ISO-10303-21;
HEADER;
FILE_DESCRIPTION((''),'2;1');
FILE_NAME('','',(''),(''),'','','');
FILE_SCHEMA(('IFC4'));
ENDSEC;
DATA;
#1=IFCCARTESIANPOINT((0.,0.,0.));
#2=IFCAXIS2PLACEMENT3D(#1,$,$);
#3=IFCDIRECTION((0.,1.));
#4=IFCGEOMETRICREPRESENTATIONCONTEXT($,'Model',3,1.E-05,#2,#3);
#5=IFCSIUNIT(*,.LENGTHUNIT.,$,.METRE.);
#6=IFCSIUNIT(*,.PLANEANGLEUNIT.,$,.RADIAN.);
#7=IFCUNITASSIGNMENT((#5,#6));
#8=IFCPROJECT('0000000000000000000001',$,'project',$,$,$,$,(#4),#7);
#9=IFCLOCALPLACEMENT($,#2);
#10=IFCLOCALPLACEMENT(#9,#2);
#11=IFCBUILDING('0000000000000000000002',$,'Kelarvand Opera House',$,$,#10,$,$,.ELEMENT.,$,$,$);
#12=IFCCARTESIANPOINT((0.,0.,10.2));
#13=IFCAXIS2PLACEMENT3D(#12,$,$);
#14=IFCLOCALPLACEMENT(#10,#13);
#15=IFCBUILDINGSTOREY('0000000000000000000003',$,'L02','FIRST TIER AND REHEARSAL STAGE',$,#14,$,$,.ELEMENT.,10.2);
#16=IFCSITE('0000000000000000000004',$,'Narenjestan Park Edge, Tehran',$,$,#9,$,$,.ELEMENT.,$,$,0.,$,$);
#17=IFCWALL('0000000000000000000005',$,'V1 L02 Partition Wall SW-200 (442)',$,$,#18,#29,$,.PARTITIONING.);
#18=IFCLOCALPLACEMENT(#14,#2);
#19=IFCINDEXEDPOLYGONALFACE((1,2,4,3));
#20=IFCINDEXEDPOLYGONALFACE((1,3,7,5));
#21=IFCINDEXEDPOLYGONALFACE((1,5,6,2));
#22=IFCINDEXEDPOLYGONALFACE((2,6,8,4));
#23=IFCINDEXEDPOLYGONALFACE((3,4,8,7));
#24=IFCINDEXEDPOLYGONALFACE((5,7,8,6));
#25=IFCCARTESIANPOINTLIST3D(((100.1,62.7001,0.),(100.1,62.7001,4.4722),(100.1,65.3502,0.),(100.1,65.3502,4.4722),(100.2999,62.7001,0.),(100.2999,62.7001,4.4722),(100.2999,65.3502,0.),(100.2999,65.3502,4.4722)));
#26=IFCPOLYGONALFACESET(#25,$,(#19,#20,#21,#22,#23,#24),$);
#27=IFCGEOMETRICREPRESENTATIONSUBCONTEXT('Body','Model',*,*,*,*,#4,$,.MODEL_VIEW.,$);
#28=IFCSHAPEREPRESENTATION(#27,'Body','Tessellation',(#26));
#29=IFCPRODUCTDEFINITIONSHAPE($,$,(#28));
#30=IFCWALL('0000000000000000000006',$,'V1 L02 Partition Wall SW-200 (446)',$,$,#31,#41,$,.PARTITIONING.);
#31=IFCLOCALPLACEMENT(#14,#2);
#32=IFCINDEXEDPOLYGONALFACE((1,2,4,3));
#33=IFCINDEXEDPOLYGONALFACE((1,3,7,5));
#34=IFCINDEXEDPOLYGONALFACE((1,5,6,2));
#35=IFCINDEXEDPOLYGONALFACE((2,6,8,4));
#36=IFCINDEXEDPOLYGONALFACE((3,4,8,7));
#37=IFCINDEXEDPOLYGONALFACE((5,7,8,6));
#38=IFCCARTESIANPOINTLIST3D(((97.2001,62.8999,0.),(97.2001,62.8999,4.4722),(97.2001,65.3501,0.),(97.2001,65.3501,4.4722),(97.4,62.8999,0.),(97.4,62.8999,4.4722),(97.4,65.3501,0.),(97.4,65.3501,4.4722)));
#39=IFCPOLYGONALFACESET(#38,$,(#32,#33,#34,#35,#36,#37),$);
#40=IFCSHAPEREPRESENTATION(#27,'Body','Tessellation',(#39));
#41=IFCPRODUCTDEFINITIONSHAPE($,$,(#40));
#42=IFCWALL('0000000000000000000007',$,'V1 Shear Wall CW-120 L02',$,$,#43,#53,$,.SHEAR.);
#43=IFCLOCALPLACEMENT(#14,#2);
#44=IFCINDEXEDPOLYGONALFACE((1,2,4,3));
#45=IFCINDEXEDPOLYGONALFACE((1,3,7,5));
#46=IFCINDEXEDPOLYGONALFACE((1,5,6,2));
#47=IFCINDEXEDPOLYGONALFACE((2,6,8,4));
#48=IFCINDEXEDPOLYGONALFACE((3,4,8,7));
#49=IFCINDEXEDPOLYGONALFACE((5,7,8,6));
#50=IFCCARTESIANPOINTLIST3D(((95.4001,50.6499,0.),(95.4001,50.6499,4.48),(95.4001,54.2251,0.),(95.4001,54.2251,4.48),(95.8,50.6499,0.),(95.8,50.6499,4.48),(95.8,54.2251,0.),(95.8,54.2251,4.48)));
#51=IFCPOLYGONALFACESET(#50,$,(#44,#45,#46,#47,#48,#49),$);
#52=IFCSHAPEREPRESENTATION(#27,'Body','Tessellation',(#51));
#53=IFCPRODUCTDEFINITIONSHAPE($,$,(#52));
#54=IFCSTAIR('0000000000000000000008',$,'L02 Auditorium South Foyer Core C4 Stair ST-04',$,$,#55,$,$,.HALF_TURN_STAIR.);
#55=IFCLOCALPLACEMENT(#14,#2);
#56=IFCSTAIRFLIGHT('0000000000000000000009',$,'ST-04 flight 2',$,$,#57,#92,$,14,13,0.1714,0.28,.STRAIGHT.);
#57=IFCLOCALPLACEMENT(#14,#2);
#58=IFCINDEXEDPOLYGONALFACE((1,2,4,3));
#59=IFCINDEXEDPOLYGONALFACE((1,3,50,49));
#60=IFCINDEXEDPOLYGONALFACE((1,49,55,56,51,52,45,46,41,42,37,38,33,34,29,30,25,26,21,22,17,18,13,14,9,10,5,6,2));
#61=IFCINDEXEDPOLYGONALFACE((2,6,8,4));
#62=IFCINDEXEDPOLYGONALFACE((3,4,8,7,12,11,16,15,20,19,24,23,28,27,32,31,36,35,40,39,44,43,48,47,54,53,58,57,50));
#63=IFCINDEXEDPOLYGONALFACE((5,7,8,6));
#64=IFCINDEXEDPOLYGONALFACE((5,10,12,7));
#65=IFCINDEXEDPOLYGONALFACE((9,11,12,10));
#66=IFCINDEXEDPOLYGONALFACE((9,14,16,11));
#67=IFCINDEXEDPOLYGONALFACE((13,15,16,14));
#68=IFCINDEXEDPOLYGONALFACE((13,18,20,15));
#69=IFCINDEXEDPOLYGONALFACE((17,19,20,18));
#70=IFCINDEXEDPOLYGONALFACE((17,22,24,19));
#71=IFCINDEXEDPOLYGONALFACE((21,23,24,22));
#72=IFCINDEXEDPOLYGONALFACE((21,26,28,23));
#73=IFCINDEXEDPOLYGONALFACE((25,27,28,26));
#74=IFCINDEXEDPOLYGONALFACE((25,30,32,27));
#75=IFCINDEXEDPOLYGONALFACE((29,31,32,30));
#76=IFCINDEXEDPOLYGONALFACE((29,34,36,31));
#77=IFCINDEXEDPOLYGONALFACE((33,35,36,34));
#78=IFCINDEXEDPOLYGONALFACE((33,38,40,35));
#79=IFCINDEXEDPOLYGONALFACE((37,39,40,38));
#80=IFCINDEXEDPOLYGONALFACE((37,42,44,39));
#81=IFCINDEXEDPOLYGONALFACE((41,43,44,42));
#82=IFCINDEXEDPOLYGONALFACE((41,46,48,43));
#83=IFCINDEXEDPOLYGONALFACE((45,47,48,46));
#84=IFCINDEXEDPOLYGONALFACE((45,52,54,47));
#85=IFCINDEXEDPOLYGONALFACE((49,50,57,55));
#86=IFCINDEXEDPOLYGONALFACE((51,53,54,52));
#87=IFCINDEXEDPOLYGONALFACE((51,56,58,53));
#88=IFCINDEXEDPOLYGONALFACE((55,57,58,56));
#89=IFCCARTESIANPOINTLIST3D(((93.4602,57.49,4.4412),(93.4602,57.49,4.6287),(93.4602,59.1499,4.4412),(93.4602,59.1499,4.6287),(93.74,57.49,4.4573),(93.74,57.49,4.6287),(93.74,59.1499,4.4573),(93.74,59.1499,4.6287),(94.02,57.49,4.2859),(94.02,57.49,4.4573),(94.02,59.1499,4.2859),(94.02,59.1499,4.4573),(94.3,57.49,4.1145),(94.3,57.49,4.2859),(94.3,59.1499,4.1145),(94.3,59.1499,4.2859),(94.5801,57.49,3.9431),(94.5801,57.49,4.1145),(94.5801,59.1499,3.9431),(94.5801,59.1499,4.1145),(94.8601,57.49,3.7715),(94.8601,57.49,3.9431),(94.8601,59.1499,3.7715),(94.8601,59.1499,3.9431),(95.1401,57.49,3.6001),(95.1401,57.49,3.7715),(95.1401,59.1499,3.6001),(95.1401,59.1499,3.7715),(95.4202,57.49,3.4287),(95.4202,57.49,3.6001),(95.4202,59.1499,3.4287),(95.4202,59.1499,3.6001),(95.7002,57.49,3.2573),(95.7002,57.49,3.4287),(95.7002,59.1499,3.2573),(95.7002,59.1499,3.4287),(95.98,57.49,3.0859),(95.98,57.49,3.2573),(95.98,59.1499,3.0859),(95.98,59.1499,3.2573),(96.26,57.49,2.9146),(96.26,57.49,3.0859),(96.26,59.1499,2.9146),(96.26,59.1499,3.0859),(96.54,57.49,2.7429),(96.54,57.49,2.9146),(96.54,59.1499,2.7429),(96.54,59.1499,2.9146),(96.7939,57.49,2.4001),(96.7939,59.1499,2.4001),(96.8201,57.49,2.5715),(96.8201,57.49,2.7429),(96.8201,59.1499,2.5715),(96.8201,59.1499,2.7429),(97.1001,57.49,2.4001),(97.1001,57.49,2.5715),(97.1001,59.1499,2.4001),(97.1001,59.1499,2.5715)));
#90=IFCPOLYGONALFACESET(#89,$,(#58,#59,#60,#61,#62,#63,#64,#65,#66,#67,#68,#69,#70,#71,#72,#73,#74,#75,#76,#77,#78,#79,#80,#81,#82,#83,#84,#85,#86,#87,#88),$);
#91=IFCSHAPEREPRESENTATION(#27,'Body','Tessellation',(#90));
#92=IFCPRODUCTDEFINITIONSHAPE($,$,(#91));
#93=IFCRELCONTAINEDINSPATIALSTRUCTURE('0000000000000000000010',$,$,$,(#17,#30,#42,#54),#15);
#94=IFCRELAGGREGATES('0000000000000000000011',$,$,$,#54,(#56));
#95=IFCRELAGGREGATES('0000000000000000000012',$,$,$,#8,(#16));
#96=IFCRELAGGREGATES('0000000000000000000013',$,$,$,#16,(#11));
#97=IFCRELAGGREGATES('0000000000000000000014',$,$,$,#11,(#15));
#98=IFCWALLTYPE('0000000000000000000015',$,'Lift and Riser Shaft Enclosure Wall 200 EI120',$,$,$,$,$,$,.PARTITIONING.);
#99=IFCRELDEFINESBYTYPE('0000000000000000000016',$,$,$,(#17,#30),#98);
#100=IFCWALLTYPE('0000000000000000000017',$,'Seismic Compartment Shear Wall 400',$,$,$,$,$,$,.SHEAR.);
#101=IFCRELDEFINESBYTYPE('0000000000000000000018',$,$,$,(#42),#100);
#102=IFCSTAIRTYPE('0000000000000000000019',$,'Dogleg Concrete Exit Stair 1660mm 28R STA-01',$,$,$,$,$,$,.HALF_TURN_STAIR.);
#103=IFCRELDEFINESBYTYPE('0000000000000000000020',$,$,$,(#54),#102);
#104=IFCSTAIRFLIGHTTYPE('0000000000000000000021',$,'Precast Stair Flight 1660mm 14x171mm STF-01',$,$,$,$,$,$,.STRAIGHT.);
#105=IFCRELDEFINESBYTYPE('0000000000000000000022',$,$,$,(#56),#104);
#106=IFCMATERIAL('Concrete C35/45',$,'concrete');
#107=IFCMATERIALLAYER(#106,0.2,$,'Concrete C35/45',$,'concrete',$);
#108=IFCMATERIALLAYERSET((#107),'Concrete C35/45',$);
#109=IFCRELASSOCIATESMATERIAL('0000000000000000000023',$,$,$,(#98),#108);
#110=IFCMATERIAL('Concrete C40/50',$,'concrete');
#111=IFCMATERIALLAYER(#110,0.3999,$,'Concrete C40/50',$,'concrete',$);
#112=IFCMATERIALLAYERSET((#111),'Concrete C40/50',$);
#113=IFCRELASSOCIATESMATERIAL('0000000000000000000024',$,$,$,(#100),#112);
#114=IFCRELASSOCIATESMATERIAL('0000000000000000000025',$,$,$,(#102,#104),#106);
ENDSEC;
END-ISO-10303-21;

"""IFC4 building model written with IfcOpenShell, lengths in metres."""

from ifc_helpers import new_model, si_unit, direction, frame, frame_2d, origin, place, context, subcontext, project, spatial, polyline, rectangle, outline, extrude, material, layer, layer_set, type_object, element, aggregate, save


model = new_model("IFC4")

# Units and contexts
model_context = context("Model", 3, precision=1e-05, world=origin(), true_north=direction((0.0, 1.0)))
body_context = subcontext(model_context, "Body", "Model", "MODEL_VIEW")
ifc_project = project(units=[si_unit("LENGTHUNIT", "METRE"), si_unit("PLANEANGLEUNIT", "RADIAN")], contexts=[model_context])

# Site, building, storey
site_placement = place(None, origin())
site = spatial("IfcSite", under=ifc_project, at=site_placement, Name="Narenjestan Park Edge, Tehran", CompositionType="ELEMENT", RefElevation=0.0)
building_placement = place(site_placement, origin())
building = spatial("IfcBuilding", under=site, at=building_placement, Name="Kelarvand Opera House", CompositionType="ELEMENT")
storey_placement = place(building_placement, frame((0.0, 0.0, 10.2)))
storey = spatial("IfcBuildingStorey", under=building, at=storey_placement, Name="L02", Description="FIRST TIER AND REHEARSAL STAGE", CompositionType="ELEMENT", Elevation=10.2)

# Shared definitions
ifc_material_1 = material(Name="Concrete C40/50", Category="concrete")

# Shared definitions
ifc_material_2 = material(Name="Concrete C35/45", Category="concrete")

# Wall
ifc_layer_1 = layer(ifc_material_2, 0.2, Name="Concrete C35/45", Category="concrete")
ifc_layer_set_1 = layer_set([ifc_layer_1], Name="Concrete C35/45")
wall_type_1 = type_object("IfcWallType", Name="Lift and Riser Shaft Enclosure Wall 200 EI120", PredefinedType="PARTITIONING", material=ifc_layer_set_1)
wall_1_placement = place(storey_placement, frame((100.2, 62.7, 0.0), z_axis=(0.0, 0.0, 1.0), x_axis=(0.0, 1.0, 0.0)))
element("IfcWall", 1, at=wall_1_placement, inside=storey, type_object=wall_type_1, Name="V1 L02 Partition Wall SW-200 (442)", PredefinedType="PARTITIONING", context=body_context, shape_type="SweptSolid", body=[
    extrude(rectangle(XDim=2.6501, YDim=0.2, at=frame_2d((1.3252, 0.0))), origin(), (0.0, 0.0, 1.0), 4.4722),
])

# Walls
wall_2_placement = place(storey_placement, frame((97.3, 62.8999, 0.0), z_axis=(0.0, 0.0, 1.0), x_axis=(0.0, 1.0, 0.0)))
element("IfcWall", 2, at=wall_2_placement, inside=storey, type_object=wall_type_1, Name="V1 L02 Partition Wall SW-200 (446)", PredefinedType="PARTITIONING", context=body_context, shape_type="SweptSolid", body=[
    extrude(rectangle(XDim=2.4502, YDim=0.2, at=frame_2d((1.2251, 0.0))), origin(), (0.0, 0.0, 1.0), 4.4722),
])
ifc_layer_2 = layer(ifc_material_1, 0.3999, Name="Concrete C40/50", Category="concrete")
ifc_layer_set_2 = layer_set([ifc_layer_2], Name="Concrete C40/50")
wall_type_2 = type_object("IfcWallType", Name="Seismic Compartment Shear Wall 400", PredefinedType="SHEAR", material=ifc_layer_set_2)
wall_3_placement = place(storey_placement, frame((95.6001, 50.6499, 0.0), z_axis=(0.0, 0.0, 1.0), x_axis=(0.0, 1.0, 0.0)))
element("IfcWall", 3, at=wall_3_placement, inside=storey, type_object=wall_type_2, Name="V1 Shear Wall CW-120 L02", PredefinedType="SHEAR", context=body_context, shape_type="SweptSolid", body=[
    extrude(rectangle(XDim=3.5752, YDim=0.3999, at=frame_2d((1.7876, 0.0))), origin(), (0.0, 0.0, 1.0), 4.48),
])

# Stair, stair flight
stair_type = type_object("IfcStairType", Name="Dogleg Concrete Exit Stair 1660mm 28R STA-01", PredefinedType="HALF_TURN_STAIR", material=ifc_material_2)
stair_placement = place(storey_placement, origin())
stair = element("IfcStair", 4, at=stair_placement, inside=storey, type_object=stair_type, Name="L02 Auditorium South Foyer Core C4 Stair ST-04", PredefinedType="HALF_TURN_STAIR")
stair_flight_type = type_object("IfcStairFlightType", Name="Precast Stair Flight 1660mm 14x171mm STF-01", PredefinedType="STRAIGHT", material=ifc_material_2)
stair_flight_placement = place(storey_placement, frame((97.1001, 58.3201, 2.4001), z_axis=(0.0, 0.0, 1.0), x_axis=(-1.0, 0.0, 0.0)))
stair_flight = element("IfcStairFlight", 5, at=stair_flight_placement, type_object=stair_flight_type, Name="ST-04 flight 2", NumberOfRisers=14, NumberOfTreads=13, PredefinedType="STRAIGHT", RiserHeight=0.1714, TreadLength=0.28, context=body_context, shape_type="SweptSolid", body=[
    extrude(outline(polyline([(0.0, 0.0), (0.0, 0.1714), (0.28, 0.1714), (0.28, 0.3428), (0.5601, 0.3428), (0.5601, 0.5144), (0.8401, 0.5144), (0.8401, 0.6858), (1.1201, 0.6858), (1.1201, 0.8572), (1.3999, 0.8572), (1.3999, 1.0286), (1.6799, 1.0286), (1.6799, 1.2), (1.96, 1.2), (1.96, 1.3713), (2.24, 1.3713), (2.24, 1.543), (2.52, 1.543), (2.52, 1.7144), (2.8, 1.7144), (2.8, 1.8857), (3.0801, 1.8857), (3.0801, 2.0571), (3.3601, 2.0571), (3.3601, 2.2285), (3.6399, 2.2285), (3.6399, 2.3999), (3.6399, 2.041), (0.3062, 0.0), (0.0, 0.0)])), frame((0.0, 0.8301, 0.0), z_axis=(0.0, -1.0, 0.0), x_axis=(1.0, 0.0, 0.0)), (0.0, 0.0, 1.0), 1.6599),
])
aggregate(stair, [stair_flight])

save(model, "model.ifc")
